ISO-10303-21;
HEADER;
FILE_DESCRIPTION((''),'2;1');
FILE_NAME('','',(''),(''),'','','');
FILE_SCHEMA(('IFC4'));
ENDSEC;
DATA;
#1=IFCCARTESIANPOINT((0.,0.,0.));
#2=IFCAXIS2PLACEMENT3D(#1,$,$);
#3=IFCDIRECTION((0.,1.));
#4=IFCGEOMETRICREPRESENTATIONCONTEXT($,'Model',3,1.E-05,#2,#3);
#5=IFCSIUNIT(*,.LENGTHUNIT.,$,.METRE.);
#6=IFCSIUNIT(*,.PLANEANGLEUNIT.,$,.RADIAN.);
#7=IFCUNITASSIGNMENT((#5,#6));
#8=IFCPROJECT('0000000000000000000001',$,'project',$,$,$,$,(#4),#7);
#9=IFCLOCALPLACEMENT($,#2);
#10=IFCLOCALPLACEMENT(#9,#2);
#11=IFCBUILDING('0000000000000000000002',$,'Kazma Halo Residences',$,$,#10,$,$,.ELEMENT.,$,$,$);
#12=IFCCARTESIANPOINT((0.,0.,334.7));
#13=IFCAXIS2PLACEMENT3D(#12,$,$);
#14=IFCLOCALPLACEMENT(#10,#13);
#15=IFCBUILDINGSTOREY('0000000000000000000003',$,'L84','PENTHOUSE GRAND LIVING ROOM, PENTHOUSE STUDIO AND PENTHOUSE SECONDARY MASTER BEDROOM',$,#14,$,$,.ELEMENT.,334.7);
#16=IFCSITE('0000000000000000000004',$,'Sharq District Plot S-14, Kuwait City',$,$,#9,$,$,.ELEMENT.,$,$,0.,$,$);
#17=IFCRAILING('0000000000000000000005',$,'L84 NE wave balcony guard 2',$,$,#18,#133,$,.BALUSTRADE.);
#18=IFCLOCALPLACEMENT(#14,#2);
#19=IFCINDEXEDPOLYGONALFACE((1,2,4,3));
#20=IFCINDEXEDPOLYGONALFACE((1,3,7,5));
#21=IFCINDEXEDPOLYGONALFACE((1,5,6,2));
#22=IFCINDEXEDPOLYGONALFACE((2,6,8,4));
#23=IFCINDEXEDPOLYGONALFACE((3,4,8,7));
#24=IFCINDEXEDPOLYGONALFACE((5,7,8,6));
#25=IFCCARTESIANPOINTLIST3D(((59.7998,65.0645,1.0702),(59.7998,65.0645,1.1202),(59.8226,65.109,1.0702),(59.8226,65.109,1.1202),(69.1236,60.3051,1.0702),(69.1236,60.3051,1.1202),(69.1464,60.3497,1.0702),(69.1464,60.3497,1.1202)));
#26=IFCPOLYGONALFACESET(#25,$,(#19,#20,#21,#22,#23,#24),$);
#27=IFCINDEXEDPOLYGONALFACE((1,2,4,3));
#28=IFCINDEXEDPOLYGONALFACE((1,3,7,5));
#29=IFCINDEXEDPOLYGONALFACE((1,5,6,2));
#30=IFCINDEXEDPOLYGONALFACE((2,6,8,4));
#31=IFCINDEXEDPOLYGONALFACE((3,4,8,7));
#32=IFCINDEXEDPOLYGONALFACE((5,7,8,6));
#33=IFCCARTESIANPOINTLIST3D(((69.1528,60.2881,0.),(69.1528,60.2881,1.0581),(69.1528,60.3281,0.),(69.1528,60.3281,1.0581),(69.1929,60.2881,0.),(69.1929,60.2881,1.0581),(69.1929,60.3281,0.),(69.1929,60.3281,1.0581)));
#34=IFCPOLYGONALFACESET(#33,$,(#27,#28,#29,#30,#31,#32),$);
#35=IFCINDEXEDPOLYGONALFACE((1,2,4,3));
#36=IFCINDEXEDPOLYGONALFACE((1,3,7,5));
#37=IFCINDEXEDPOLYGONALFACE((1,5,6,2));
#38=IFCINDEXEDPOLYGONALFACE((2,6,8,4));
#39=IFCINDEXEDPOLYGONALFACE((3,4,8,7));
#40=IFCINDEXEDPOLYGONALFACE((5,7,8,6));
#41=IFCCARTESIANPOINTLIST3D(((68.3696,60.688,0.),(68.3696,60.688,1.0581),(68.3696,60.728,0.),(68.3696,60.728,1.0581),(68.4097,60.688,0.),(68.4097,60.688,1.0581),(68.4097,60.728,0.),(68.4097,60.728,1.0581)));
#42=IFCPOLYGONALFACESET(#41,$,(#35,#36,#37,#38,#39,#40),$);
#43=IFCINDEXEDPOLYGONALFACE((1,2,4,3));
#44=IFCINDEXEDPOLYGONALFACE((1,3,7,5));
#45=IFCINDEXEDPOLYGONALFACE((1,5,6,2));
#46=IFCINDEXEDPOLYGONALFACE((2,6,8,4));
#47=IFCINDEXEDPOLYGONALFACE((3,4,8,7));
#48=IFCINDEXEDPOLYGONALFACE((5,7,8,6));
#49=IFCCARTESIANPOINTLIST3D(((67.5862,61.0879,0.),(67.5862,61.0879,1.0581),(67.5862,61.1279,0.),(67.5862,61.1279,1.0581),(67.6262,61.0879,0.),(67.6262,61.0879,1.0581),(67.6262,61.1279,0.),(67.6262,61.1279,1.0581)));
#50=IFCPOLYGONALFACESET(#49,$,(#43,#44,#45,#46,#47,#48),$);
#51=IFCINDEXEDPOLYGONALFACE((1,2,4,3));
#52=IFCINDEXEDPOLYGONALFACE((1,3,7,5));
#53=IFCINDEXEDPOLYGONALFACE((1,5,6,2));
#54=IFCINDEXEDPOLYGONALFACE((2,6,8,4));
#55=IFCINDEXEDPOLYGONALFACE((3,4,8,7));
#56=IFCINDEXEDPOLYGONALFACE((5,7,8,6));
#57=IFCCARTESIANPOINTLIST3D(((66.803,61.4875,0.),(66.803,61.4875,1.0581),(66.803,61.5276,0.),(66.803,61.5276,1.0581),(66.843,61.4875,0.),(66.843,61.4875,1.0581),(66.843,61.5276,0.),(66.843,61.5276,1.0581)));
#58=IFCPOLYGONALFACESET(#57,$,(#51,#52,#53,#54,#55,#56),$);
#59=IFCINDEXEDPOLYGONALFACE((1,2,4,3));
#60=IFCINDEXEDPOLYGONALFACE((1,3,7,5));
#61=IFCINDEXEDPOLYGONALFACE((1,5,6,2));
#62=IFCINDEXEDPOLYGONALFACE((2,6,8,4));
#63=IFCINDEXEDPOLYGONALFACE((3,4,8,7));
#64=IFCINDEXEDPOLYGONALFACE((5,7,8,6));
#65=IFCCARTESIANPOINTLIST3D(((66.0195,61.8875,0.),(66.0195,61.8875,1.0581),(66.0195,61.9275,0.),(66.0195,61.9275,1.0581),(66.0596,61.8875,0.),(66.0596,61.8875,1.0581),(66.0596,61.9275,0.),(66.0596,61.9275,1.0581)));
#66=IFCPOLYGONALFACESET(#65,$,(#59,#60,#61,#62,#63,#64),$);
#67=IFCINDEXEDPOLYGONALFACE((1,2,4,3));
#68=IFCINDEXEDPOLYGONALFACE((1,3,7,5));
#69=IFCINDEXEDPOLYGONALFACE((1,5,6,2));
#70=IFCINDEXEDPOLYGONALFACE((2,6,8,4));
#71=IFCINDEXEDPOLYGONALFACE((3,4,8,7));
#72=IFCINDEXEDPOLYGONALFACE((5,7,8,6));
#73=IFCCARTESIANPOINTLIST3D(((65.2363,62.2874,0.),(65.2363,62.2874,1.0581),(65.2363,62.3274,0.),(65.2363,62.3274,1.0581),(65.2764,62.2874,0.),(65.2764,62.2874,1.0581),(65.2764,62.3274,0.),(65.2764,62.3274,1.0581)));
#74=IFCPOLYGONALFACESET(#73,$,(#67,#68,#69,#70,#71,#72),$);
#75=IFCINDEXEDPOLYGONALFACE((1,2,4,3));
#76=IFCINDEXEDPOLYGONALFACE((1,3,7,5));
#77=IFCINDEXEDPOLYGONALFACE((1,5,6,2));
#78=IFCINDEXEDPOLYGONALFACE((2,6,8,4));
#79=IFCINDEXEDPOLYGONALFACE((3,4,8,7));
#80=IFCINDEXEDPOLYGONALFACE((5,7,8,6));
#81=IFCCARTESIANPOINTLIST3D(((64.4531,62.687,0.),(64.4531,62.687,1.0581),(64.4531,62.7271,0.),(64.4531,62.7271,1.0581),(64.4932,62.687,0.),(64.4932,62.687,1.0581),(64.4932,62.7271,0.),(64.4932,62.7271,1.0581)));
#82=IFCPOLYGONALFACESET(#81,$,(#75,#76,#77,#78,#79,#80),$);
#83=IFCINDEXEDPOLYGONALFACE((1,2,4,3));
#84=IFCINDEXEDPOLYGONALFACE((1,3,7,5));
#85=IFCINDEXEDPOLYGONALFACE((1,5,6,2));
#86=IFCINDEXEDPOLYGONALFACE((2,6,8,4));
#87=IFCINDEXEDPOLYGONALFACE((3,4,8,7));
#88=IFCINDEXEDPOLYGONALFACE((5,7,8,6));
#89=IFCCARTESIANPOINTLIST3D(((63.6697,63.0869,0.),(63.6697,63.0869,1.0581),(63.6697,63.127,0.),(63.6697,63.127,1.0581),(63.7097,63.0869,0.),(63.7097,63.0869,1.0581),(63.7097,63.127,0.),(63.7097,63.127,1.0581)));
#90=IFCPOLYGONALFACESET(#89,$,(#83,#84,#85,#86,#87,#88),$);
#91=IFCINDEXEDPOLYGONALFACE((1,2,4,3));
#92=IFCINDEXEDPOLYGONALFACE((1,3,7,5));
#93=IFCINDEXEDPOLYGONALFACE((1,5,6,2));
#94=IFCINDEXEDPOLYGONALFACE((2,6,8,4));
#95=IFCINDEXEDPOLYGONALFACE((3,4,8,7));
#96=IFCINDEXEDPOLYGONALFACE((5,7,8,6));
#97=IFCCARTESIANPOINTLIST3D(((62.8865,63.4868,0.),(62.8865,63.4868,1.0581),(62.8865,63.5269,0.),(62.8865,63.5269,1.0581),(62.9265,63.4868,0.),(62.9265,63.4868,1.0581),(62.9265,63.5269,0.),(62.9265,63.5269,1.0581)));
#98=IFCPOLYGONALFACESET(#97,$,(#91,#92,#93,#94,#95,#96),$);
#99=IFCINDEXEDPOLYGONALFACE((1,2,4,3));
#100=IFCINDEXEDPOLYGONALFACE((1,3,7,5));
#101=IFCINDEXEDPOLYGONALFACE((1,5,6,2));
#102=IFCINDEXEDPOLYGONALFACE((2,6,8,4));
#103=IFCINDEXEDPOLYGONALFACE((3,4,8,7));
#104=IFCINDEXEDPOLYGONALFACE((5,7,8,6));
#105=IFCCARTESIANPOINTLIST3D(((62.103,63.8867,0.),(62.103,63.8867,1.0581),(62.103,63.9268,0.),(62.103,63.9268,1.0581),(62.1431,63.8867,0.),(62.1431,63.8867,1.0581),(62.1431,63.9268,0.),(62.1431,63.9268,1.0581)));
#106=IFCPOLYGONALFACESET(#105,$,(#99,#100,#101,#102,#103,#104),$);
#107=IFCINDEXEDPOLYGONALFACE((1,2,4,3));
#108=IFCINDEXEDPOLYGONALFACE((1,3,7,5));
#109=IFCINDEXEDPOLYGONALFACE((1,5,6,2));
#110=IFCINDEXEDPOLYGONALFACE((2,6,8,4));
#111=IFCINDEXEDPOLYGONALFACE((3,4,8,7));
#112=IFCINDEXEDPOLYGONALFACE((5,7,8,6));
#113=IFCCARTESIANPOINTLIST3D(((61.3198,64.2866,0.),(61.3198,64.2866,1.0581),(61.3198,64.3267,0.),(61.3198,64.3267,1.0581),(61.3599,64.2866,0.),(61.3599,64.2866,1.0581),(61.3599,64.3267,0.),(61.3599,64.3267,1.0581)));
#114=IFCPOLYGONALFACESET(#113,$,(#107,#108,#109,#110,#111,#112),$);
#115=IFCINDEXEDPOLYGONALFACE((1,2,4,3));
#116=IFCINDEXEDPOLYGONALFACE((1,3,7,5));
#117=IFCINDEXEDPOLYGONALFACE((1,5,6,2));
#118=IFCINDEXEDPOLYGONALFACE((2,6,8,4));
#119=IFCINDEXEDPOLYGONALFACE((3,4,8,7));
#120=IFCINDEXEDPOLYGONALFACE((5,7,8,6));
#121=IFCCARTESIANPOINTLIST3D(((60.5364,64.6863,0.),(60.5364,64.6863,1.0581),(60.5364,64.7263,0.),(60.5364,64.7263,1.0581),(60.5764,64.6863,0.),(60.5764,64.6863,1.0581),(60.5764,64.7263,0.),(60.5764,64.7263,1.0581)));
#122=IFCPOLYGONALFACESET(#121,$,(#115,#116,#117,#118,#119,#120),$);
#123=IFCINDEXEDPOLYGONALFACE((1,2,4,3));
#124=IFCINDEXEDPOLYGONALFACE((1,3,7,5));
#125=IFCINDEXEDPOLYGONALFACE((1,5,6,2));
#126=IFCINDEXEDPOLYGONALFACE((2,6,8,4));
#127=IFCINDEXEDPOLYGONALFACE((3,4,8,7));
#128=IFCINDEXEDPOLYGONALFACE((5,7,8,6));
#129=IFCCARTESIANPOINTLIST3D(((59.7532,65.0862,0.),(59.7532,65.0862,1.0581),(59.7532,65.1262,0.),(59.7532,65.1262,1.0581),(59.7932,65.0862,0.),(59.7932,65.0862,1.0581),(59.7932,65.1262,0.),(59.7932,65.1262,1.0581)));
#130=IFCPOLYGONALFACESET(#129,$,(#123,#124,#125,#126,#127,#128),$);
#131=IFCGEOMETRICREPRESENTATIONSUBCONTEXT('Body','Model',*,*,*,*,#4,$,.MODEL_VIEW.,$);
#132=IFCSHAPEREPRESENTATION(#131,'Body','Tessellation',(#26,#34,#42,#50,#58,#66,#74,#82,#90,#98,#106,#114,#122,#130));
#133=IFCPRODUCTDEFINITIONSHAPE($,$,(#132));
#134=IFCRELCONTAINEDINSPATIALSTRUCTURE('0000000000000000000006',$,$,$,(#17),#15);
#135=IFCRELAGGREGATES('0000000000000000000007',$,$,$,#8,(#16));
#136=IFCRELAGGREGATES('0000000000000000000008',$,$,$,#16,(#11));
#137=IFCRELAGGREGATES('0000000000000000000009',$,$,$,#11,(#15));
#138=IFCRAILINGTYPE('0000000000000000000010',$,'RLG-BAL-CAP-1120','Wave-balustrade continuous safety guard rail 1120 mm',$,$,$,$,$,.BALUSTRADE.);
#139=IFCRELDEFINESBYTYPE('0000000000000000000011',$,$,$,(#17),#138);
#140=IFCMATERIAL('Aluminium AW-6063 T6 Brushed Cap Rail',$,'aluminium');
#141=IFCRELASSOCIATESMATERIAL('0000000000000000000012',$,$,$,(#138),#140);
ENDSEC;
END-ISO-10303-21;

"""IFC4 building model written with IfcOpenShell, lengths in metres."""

from ifc_helpers import new_model, si_unit, direction, frame, origin, origin_2d, place, context, subcontext, project, spatial, rectangle, extrude, material, type_object, element, save


model = new_model("IFC4")

# Units and contexts
model_context = context("Model", 3, precision=1e-05, world=origin(), true_north=direction((0.0, 1.0)))
body_context = subcontext(model_context, "Body", "Model", "MODEL_VIEW")
ifc_project = project(units=[si_unit("LENGTHUNIT", "METRE"), si_unit("PLANEANGLEUNIT", "RADIAN")], contexts=[model_context])

# Site, building, storey
site_placement = place(None, origin())
site = spatial("IfcSite", under=ifc_project, at=site_placement, Name="Sharq District Plot S-14, Kuwait City", CompositionType="ELEMENT", RefElevation=0.0)
building_placement = place(site_placement, origin())
building = spatial("IfcBuilding", under=site, at=building_placement, Name="Kazma Halo Residences", CompositionType="ELEMENT")
storey_placement = place(building_placement, frame((0.0, 0.0, 334.7)))
storey = spatial("IfcBuildingStorey", under=building, at=storey_placement, Name="L84", Description="PENTHOUSE GRAND LIVING ROOM, PENTHOUSE STUDIO AND PENTHOUSE SECONDARY MASTER BEDROOM", CompositionType="ELEMENT", Elevation=334.7)

# Railing
ifc_material_1 = material(Name="Aluminium AW-6063 T6 Brushed Cap Rail", Category="aluminium")
railing_type = type_object("IfcRailingType", Name="RLG-BAL-CAP-1120", Description="Wave-balustrade continuous safety guard rail 1120 mm", PredefinedType="BALUSTRADE", material=ifc_material_1)
railing_1_placement = place(storey_placement, frame((69.1729, 60.3081, 0.0)))
element("IfcRailing", 1, at=railing_1_placement, inside=storey, type_object=railing_type, Name="L84 NE wave balcony guard 2", PredefinedType="BALUSTRADE", context=body_context, shape_type="SweptSolid", body=[
    extrude(rectangle(XDim=0.05, YDim=0.05, at=origin_2d()), frame((-0.0378, 0.0193, 1.0952), z_axis=(-0.890672, 0.454647, 0.0), x_axis=(-0.454647, -0.890672, 0.0)), (0.0, 0.0, 1.0), 10.4683),
    extrude(rectangle(XDim=0.04, YDim=0.04, at=origin_2d()), origin(), (0.0, 0.0, 1.0), 1.0581),
    extrude(rectangle(XDim=0.04, YDim=0.04, at=origin_2d()), frame((-0.7832, 0.3999, 0.0)), (0.0, 0.0, 1.0), 1.0581),
    extrude(rectangle(XDim=0.04, YDim=0.04, at=origin_2d()), frame((-1.5667, 0.7998, 0.0)), (0.0, 0.0, 1.0), 1.0581),
    extrude(rectangle(XDim=0.04, YDim=0.04, at=origin_2d()), frame((-2.3499, 1.1995, 0.0)), (0.0, 0.0, 1.0), 1.0581),
    extrude(rectangle(XDim=0.04, YDim=0.04, at=origin_2d()), frame((-3.1333, 1.5994, 0.0)), (0.0, 0.0, 1.0), 1.0581),
    extrude(rectangle(XDim=0.04, YDim=0.04, at=origin_2d()), frame((-3.9165, 1.9993, 0.0)), (0.0, 0.0, 1.0), 1.0581),
    extrude(rectangle(XDim=0.04, YDim=0.04, at=origin_2d()), frame((-4.6997, 2.3989, 0.0)), (0.0, 0.0, 1.0), 1.0581),
    extrude(rectangle(XDim=0.04, YDim=0.04, at=origin_2d()), frame((-5.4832, 2.7988, 0.0)), (0.0, 0.0, 1.0), 1.0581),
    extrude(rectangle(XDim=0.04, YDim=0.04, at=origin_2d()), frame((-6.2664, 3.1987, 0.0)), (0.0, 0.0, 1.0), 1.0581),
    extrude(rectangle(XDim=0.04, YDim=0.04, at=origin_2d()), frame((-7.0498, 3.5986, 0.0)), (0.0, 0.0, 1.0), 1.0581),
    extrude(rectangle(XDim=0.04, YDim=0.04, at=origin_2d()), frame((-7.833, 3.9985, 0.0)), (0.0, 0.0, 1.0), 1.0581),
    extrude(rectangle(XDim=0.04, YDim=0.04, at=origin_2d()), frame((-8.6165, 4.3982, 0.0)), (0.0, 0.0, 1.0), 1.0581),
    extrude(rectangle(XDim=0.04, YDim=0.04, at=origin_2d()), frame((-9.3997, 4.7981, 0.0)), (0.0, 0.0, 1.0), 1.0581),
])

save(model, "model.ifc")
